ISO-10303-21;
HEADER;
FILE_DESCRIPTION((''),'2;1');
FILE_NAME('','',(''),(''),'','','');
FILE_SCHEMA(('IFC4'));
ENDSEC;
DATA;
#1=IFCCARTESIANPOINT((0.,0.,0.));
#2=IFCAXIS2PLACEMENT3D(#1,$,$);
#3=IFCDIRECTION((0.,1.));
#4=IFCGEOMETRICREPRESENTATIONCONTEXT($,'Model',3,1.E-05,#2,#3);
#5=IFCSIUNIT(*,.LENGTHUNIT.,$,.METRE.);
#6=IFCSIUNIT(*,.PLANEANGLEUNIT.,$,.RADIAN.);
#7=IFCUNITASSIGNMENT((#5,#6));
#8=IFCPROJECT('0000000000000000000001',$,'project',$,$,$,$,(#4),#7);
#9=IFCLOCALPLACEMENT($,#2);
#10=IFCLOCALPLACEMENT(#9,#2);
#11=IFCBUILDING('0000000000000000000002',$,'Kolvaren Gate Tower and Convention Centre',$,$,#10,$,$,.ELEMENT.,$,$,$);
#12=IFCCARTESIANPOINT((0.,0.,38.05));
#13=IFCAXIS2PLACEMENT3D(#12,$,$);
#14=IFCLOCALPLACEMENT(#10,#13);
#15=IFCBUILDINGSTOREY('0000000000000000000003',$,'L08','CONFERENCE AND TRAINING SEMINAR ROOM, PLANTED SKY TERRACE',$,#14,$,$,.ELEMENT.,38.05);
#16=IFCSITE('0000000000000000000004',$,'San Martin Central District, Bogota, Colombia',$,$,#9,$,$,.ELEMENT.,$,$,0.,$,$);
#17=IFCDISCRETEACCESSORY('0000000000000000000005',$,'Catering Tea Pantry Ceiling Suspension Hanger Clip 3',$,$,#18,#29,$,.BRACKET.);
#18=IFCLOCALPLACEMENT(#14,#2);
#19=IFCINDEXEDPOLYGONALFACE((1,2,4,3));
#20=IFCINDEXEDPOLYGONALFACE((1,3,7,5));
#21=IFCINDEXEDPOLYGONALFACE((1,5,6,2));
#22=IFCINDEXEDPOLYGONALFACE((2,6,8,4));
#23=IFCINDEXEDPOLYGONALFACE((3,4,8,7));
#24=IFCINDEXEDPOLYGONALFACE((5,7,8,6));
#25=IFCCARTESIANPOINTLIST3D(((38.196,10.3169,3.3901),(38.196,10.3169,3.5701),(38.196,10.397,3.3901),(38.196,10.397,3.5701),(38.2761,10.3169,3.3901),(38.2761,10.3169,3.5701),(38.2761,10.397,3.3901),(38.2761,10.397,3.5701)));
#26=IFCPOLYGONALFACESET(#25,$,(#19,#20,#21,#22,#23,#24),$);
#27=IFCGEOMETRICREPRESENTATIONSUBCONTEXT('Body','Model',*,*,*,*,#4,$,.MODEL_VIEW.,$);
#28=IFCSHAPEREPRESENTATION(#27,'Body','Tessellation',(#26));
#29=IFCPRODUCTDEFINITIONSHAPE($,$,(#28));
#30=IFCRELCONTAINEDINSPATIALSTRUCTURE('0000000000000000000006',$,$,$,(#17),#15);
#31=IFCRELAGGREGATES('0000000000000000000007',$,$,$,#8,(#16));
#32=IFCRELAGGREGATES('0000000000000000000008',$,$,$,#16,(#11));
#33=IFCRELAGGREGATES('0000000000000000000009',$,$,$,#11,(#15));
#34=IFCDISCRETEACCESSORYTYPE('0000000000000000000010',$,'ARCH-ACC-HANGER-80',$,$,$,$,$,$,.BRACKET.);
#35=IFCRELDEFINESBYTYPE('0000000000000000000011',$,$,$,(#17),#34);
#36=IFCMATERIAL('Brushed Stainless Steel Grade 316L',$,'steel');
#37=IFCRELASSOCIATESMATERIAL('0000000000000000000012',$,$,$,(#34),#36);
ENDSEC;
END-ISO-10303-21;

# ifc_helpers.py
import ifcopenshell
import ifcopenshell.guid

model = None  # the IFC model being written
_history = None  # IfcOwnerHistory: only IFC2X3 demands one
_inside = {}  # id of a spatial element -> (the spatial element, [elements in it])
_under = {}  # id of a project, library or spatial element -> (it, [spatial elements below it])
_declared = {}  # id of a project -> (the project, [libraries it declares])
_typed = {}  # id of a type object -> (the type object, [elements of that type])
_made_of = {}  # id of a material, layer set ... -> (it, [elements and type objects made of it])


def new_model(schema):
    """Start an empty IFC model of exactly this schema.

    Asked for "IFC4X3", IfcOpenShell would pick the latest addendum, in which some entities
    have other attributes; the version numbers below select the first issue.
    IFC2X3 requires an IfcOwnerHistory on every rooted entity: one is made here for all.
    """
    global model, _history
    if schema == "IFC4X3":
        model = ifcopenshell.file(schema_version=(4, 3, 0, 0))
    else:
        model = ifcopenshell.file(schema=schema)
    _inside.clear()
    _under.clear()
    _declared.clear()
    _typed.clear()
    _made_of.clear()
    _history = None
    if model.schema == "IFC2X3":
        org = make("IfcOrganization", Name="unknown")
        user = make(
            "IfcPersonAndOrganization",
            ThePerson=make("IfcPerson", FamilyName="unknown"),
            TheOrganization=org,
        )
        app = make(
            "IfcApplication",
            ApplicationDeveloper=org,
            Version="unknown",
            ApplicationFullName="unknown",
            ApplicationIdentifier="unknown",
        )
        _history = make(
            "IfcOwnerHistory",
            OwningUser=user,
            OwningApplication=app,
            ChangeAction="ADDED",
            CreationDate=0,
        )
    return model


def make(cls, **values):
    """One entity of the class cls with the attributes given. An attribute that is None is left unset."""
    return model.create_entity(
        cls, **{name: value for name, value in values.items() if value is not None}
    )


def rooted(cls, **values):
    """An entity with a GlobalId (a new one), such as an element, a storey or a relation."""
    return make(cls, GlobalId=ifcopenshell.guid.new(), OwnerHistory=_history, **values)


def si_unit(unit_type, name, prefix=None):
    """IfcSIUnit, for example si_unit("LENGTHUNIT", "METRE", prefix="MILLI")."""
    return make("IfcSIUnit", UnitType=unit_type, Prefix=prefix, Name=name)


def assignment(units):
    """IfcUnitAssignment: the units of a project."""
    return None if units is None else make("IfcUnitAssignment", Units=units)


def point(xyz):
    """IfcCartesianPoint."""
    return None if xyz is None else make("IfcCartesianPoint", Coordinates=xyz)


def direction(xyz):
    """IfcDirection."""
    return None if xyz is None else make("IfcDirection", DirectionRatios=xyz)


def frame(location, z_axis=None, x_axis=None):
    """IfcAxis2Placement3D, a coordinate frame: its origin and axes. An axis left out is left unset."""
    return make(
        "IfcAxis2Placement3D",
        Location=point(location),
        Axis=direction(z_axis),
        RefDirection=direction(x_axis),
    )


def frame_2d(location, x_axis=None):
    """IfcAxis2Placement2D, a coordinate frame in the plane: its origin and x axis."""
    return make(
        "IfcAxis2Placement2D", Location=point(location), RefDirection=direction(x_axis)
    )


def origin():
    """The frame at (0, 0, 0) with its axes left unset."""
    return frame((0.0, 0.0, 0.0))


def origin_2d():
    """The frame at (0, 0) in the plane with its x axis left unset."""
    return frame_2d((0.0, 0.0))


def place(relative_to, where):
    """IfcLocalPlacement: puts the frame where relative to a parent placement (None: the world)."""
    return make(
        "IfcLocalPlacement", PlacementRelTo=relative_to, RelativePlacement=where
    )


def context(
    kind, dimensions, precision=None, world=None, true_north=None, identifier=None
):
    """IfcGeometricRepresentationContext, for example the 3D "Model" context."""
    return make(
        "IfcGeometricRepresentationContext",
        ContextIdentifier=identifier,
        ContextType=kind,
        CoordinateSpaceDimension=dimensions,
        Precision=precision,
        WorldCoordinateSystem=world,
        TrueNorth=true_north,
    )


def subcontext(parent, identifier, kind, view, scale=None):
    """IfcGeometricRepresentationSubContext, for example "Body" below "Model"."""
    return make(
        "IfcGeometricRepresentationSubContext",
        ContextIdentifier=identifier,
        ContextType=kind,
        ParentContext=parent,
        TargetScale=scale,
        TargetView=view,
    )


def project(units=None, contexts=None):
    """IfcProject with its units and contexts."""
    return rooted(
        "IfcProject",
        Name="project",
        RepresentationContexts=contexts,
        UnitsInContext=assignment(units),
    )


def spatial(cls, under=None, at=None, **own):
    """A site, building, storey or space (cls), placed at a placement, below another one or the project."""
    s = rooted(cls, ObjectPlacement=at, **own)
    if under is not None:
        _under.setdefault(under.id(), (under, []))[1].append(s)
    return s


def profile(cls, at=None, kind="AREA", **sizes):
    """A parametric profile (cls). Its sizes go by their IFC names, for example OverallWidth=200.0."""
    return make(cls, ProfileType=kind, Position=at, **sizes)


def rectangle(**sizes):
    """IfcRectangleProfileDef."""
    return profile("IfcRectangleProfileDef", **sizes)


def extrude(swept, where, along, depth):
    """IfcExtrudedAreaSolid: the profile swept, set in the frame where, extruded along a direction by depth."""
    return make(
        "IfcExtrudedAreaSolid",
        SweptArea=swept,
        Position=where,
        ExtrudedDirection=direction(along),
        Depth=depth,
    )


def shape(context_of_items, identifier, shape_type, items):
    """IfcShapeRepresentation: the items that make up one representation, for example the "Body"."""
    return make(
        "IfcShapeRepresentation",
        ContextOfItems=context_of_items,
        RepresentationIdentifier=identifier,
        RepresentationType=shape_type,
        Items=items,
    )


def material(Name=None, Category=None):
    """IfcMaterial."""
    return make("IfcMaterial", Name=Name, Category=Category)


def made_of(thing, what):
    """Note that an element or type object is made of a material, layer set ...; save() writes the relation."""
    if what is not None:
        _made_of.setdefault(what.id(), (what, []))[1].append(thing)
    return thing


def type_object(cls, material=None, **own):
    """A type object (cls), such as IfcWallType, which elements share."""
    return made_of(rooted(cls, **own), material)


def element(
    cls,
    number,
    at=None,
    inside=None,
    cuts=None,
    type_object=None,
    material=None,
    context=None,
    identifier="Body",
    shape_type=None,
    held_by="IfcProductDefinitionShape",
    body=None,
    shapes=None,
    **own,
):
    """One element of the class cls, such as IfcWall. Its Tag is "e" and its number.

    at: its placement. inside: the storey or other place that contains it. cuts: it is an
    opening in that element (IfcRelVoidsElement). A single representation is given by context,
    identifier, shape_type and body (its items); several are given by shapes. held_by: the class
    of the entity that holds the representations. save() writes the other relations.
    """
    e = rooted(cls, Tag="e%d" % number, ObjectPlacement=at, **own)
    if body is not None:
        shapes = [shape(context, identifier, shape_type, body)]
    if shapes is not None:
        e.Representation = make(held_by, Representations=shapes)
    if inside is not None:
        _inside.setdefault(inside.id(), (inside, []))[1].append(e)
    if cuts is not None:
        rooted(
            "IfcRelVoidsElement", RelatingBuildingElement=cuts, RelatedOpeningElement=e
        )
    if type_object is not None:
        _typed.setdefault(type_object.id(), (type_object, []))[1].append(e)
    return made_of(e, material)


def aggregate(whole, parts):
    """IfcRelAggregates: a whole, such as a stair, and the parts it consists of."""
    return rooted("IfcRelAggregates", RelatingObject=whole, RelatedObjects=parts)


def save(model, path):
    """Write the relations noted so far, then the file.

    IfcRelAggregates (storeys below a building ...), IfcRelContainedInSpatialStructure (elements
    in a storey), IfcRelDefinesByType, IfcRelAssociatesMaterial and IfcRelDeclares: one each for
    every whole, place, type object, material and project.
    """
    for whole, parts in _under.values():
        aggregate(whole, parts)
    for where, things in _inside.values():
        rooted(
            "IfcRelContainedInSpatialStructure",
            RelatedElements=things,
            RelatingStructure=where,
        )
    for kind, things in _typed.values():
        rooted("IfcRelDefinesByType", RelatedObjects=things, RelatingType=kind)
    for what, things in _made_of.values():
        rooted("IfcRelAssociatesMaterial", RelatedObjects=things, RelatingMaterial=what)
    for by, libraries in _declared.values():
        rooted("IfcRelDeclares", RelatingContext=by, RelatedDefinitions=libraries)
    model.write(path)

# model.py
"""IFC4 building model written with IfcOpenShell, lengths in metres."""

from ifc_helpers import new_model, si_unit, direction, frame, origin, origin_2d, place, context, subcontext, project, spatial, rectangle, extrude, material, type_object, element, save


model = new_model("IFC4")

# Units and contexts
model_context = context("Model", 3, precision=1e-05, world=origin(), true_north=direction((0.0, 1.0)))
body_context = subcontext(model_context, "Body", "Model", "MODEL_VIEW")
ifc_project = project(units=[si_unit("LENGTHUNIT", "METRE"), si_unit("PLANEANGLEUNIT", "RADIAN")], contexts=[model_context])

# Site, building, storey
site_placement = place(None, origin())
site = spatial("IfcSite", under=ifc_project, at=site_placement, Name="San Martin Central District, Bogota, Colombia", CompositionType="ELEMENT", RefElevation=0.0)
building_placement = place(site_placement, origin())
building = spatial("IfcBuilding", under=site, at=building_placement, Name="Kolvaren Gate Tower and Convention Centre", CompositionType="ELEMENT")
storey_placement = place(building_placement, frame((0.0, 0.0, 38.05)))
storey = spatial("IfcBuildingStorey", under=building, at=storey_placement, Name="L08", Description="CONFERENCE AND TRAINING SEMINAR ROOM, PLANTED SKY TERRACE", CompositionType="ELEMENT", Elevation=38.05)

# Discrete accessory
ifc_material_1 = material(Name="Brushed Stainless Steel Grade 316L", Category="steel")
discrete_accessory_type_1 = type_object("IfcDiscreteAccessoryType", Name="ARCH-ACC-HANGER-80", PredefinedType="BRACKET", material=ifc_material_1)
for number, where, z_axis, x_axis, name in (
    (1, (38.2361, 10.3569, 3.3901), (0.0, 0.0, 1.0), (1.0, 0.0, 0.0), "Catering Tea Pantry Ceiling Suspension Hanger Clip 3"),
):
    element("IfcDiscreteAccessory", number, at=place(storey_placement, frame(where, z_axis=z_axis, x_axis=x_axis)), inside=storey, type_object=discrete_accessory_type_1, Name=name, PredefinedType="BRACKET", context=body_context, shape_type="SweptSolid", body=[
        extrude(rectangle(XDim=0.0801, YDim=0.0801, at=origin_2d()), origin(), (0.0, 0.0, 1.0), 0.1799),
    ])

save(model, "model.ifc")
